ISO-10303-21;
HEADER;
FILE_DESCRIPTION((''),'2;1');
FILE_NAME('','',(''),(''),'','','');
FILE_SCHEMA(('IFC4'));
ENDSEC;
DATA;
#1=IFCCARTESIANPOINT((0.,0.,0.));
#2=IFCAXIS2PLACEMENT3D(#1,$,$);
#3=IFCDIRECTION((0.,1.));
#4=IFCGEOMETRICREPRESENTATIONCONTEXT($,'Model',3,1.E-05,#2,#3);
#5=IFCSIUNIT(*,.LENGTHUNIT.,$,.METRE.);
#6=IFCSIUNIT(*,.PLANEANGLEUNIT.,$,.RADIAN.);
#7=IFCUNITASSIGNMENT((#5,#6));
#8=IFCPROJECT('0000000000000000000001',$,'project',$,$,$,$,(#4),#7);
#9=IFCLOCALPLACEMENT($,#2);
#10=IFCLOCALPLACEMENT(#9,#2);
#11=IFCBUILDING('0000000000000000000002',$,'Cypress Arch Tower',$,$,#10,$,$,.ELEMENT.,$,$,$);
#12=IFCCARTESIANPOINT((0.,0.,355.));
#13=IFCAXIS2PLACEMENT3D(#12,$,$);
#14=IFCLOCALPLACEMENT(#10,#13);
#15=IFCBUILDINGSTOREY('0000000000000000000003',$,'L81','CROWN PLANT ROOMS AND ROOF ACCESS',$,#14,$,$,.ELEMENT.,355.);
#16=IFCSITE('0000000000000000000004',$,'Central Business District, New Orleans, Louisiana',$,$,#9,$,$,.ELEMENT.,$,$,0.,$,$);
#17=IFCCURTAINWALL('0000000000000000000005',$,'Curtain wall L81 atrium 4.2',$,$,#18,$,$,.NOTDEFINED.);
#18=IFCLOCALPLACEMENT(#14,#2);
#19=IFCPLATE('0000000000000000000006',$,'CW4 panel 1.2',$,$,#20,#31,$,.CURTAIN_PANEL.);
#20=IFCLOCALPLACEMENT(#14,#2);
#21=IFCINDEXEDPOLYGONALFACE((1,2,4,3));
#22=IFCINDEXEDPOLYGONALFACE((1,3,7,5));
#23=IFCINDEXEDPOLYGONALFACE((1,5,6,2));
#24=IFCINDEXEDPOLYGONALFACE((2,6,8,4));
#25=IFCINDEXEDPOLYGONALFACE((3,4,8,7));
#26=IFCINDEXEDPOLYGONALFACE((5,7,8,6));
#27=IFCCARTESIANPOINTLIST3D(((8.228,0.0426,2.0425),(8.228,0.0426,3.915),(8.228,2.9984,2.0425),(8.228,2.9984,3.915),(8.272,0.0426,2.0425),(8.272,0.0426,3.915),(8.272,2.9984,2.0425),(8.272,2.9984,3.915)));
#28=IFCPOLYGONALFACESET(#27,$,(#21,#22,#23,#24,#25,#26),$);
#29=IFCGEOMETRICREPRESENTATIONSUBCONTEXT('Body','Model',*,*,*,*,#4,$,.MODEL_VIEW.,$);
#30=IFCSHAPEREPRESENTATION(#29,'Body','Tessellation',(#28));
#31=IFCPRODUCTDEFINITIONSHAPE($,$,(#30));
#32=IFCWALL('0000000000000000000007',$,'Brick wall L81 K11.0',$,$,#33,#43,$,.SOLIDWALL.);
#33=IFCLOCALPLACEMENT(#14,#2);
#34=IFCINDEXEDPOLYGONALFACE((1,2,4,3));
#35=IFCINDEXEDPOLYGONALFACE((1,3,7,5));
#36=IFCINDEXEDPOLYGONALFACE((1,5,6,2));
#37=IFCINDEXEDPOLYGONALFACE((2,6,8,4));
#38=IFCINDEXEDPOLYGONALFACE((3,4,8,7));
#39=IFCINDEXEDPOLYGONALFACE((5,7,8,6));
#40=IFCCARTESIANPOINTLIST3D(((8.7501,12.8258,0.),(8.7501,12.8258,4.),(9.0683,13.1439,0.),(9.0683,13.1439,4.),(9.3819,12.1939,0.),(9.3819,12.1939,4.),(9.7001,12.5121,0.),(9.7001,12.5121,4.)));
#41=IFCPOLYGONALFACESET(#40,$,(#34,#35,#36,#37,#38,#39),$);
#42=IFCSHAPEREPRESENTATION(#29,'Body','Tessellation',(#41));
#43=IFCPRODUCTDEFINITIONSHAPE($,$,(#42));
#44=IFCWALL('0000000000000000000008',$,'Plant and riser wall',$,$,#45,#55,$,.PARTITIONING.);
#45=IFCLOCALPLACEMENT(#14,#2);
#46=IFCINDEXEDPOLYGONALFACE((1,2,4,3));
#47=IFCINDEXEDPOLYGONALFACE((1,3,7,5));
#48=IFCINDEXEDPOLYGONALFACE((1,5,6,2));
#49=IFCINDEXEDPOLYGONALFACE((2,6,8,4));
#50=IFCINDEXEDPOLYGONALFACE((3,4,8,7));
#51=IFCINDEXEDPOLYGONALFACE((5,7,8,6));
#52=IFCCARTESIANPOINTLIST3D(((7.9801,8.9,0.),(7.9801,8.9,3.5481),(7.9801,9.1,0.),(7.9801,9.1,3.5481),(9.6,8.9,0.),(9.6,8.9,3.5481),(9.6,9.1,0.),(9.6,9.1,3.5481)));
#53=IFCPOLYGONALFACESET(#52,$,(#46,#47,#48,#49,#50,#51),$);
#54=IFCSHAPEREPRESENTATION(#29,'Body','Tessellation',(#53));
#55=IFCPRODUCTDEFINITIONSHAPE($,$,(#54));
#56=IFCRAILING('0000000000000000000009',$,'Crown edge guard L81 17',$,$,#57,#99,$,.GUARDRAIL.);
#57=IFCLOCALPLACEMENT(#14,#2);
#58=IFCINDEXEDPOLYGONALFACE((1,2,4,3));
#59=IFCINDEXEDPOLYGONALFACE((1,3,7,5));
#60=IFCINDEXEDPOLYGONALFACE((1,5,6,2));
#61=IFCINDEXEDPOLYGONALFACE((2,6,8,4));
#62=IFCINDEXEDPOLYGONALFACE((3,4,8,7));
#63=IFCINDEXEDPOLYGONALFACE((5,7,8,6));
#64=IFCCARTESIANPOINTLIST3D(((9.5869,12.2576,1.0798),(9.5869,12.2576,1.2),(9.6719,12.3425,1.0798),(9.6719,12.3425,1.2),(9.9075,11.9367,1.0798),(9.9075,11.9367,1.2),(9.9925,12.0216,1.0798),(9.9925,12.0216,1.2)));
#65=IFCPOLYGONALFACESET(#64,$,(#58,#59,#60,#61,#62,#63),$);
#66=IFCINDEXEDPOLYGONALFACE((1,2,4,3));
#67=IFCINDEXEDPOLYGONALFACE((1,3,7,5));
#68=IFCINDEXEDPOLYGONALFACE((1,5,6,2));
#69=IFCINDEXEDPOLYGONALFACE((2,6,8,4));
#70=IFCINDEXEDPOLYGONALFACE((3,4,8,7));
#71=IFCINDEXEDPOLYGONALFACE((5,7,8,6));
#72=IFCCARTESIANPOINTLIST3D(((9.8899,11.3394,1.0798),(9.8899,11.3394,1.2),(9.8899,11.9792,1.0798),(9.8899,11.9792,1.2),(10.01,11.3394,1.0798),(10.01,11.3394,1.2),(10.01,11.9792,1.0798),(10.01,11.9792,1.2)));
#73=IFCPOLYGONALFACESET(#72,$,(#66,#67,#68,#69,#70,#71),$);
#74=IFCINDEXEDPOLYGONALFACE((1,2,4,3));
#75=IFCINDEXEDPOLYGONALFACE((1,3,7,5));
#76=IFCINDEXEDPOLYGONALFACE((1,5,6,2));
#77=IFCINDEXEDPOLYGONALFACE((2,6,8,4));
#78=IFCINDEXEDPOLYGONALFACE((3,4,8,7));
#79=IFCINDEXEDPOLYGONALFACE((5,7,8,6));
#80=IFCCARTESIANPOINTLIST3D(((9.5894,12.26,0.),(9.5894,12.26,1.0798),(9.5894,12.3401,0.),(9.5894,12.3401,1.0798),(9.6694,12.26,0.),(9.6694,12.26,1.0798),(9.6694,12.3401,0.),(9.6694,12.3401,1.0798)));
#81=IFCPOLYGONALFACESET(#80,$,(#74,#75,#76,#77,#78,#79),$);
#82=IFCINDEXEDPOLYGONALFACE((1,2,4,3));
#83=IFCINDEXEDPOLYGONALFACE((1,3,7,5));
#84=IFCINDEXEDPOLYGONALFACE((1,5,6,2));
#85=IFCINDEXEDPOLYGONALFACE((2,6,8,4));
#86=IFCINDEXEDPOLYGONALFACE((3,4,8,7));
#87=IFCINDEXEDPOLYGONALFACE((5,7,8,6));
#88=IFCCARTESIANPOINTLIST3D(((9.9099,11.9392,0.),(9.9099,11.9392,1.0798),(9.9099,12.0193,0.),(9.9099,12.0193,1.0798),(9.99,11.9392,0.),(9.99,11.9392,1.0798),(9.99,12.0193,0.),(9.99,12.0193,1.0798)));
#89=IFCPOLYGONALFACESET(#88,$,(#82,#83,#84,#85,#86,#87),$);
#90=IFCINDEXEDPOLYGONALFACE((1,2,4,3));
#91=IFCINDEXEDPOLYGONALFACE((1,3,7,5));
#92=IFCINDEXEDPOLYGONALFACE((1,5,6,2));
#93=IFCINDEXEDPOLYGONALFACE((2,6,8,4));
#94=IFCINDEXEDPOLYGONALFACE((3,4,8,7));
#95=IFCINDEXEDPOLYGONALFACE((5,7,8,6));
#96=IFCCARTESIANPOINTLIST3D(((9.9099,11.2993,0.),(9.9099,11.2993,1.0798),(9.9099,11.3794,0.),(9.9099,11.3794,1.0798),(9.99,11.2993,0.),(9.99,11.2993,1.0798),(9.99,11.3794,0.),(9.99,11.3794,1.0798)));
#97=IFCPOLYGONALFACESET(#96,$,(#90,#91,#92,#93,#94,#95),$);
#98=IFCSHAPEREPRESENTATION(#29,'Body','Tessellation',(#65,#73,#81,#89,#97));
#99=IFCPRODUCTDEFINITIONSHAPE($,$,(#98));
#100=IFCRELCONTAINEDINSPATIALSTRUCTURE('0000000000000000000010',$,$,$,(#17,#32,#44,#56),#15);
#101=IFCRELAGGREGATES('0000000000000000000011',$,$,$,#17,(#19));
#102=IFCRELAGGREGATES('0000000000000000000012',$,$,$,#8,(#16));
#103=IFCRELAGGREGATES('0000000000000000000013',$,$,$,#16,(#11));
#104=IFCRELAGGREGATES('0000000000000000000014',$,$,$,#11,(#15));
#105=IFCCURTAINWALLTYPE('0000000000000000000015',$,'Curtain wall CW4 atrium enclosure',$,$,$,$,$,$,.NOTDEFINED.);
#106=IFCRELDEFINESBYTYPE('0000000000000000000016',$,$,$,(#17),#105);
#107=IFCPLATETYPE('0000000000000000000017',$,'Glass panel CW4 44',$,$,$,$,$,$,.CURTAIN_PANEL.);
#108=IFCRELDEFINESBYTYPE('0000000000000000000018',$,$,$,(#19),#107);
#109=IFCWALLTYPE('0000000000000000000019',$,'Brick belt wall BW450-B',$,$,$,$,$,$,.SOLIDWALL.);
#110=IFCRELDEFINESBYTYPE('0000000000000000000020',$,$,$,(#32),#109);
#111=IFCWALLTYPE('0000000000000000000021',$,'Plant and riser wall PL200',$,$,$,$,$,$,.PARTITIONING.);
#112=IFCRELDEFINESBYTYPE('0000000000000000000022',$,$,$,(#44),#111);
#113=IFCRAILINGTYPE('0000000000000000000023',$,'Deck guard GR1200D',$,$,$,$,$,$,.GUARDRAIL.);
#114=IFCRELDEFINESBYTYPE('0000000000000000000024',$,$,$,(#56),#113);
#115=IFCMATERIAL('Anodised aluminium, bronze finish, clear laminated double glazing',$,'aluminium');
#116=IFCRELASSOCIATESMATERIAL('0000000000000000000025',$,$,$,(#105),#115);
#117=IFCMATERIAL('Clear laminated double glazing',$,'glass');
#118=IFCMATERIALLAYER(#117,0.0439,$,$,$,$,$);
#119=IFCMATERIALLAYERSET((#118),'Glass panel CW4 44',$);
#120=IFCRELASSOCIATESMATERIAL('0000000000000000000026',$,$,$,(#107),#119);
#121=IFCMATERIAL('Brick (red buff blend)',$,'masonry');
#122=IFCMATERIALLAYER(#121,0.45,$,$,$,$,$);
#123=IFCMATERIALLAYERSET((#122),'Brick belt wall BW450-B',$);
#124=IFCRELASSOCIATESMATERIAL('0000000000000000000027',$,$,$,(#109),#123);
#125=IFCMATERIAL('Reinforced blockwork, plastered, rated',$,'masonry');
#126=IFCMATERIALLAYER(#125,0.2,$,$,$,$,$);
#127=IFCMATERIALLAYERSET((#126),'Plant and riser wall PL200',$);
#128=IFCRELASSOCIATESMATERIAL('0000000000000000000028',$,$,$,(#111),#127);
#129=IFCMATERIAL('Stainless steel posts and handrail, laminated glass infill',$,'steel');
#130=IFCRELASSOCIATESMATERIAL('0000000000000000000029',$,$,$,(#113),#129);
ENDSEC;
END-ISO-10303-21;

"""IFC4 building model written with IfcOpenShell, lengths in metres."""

from ifc_helpers import new_model, si_unit, direction, frame, frame_2d, origin, origin_2d, place, context, subcontext, project, spatial, rectangle, extrude, material, layer, layer_set, type_object, element, aggregate, save


model = new_model("IFC4")

# Units and contexts
model_context = context("Model", 3, precision=1e-05, world=origin(), true_north=direction((0.0, 1.0)))
body_context = subcontext(model_context, "Body", "Model", "MODEL_VIEW")
ifc_project = project(units=[si_unit("LENGTHUNIT", "METRE"), si_unit("PLANEANGLEUNIT", "RADIAN")], contexts=[model_context])

# Site, building, storey
site_placement = place(None, origin())
site = spatial("IfcSite", under=ifc_project, at=site_placement, Name="Central Business District, New Orleans, Louisiana", CompositionType="ELEMENT", RefElevation=0.0)
building_placement = place(site_placement, origin())
building = spatial("IfcBuilding", under=site, at=building_placement, Name="Cypress Arch Tower", CompositionType="ELEMENT")
storey_placement = place(building_placement, frame((0.0, 0.0, 355.0)))
storey = spatial("IfcBuildingStorey", under=building, at=storey_placement, Name="L81", Description="CROWN PLANT ROOMS AND ROOF ACCESS", CompositionType="ELEMENT", Elevation=355.0)

# Shared definitions
ifc_material_1 = material(Name="Anodised aluminium, bronze finish, clear laminated double glazing", Category="aluminium")
curtain_wall_type = type_object("IfcCurtainWallType", Name="Curtain wall CW4 atrium enclosure", PredefinedType="NOTDEFINED", material=ifc_material_1)

# Curtain wall
curtain_wall_1_placement = place(storey_placement, origin())
curtain_wall_1 = element("IfcCurtainWall", 1, at=curtain_wall_1_placement, inside=storey, type_object=curtain_wall_type, Name="Curtain wall L81 atrium 4.2", PredefinedType="NOTDEFINED")

# Plate
ifc_material_2 = material(Name="Clear laminated double glazing", Category="glass")
ifc_layer_1 = layer(ifc_material_2, 0.0439)
ifc_layer_set_1 = layer_set([ifc_layer_1], Name="Glass panel CW4 44")
plate_type = type_object("IfcPlateType", Name="Glass panel CW4 44", PredefinedType="CURTAIN_PANEL", material=ifc_layer_set_1)
plate_1_placement = place(storey_placement, frame((8.25, 1.5205, 2.0425), z_axis=(0.0, 0.0, 1.0), x_axis=(0.0, -1.0, 0.0)))
plate_1 = element("IfcPlate", 2, at=plate_1_placement, type_object=plate_type, Name="CW4 panel 1.2", PredefinedType="CURTAIN_PANEL", context=body_context, shape_type="SweptSolid", body=[
    extrude(rectangle(XDim=2.9558, YDim=0.0439, at=origin_2d()), origin(), (0.0, 0.0, 1.0), 1.8726),
])
aggregate(curtain_wall_1, [plate_1])

# Walls
ifc_material_3 = material(Name="Brick (red buff blend)", Category="masonry")
ifc_layer_2 = layer(ifc_material_3, 0.45)
ifc_layer_set_2 = layer_set([ifc_layer_2], Name="Brick belt wall BW450-B")
wall_type_1 = type_object("IfcWallType", Name="Brick belt wall BW450-B", PredefinedType="SOLIDWALL", material=ifc_layer_set_2)
wall_1_placement = place(storey_placement, frame((9.541, 12.353, 0.0), z_axis=(0.0, 0.0, 1.0), x_axis=(-0.707107, 0.707107, 0.0)))
element("IfcWall", 3, at=wall_1_placement, inside=storey, type_object=wall_type_1, Name="Brick wall L81 K11.0", PredefinedType="SOLIDWALL", context=body_context, shape_type="SweptSolid", body=[
    extrude(rectangle(XDim=0.8936, YDim=0.45, at=frame_2d((0.4468, 0.0))), origin(), (0.0, 0.0, 1.0), 4.0),
])
ifc_material_4 = material(Name="Reinforced blockwork, plastered, rated", Category="masonry")
ifc_layer_3 = layer(ifc_material_4, 0.2)
ifc_layer_set_3 = layer_set([ifc_layer_3], Name="Plant and riser wall PL200")
wall_type_2 = type_object("IfcWallType", Name="Plant and riser wall PL200", PredefinedType="PARTITIONING", material=ifc_layer_set_3)
wall_2_placement = place(storey_placement, frame((7.98, 9.0, 0.0), z_axis=(0.0, 0.0, 1.0), x_axis=(1.0, 0.0, 0.0)))
element("IfcWall", 4, at=wall_2_placement, inside=storey, type_object=wall_type_2, Name="Plant and riser wall", PredefinedType="PARTITIONING", context=body_context, shape_type="SweptSolid", body=[
    extrude(rectangle(XDim=1.6199, YDim=0.2, at=frame_2d((0.8101, 0.0))), origin(), (0.0, 0.0, 1.0), 3.5481),
])

# Railing
ifc_material_5 = material(Name="Stainless steel posts and handrail, laminated glass infill", Category="steel")
railing_type = type_object("IfcRailingType", Name="Deck guard GR1200D", PredefinedType="GUARDRAIL", material=ifc_material_5)
railing_placement = place(storey_placement, frame((9.6294, 12.3, 0.0)))
element("IfcRailing", 5, at=railing_placement, inside=storey, type_object=railing_type, Name="Crown edge guard L81 17", PredefinedType="GUARDRAIL", context=body_context, shape_type="SweptSolid", body=[
    extrude(rectangle(XDim=0.1201, YDim=0.1201, at=origin_2d()), frame((0.0, 0.0, 1.1399), z_axis=(0.706838, -0.707376, 0.0), x_axis=(0.707376, 0.706838, 0.0)), (0.0, 0.0, 1.0), 0.4536),
    extrude(rectangle(XDim=0.1201, YDim=0.1201, at=origin_2d()), frame((0.3206, -0.3208, 1.1399), z_axis=(0.0, -1.0, 0.0), x_axis=(1.0, 0.0, 0.0)), (0.0, 0.0, 1.0), 0.6399),
    extrude(rectangle(XDim=0.0801, YDim=0.0801, at=origin_2d()), origin(), (0.0, 0.0, 1.0), 1.0798),
    extrude(rectangle(XDim=0.0801, YDim=0.0801, at=origin_2d()), frame((0.3206, -0.3208, 0.0)), (0.0, 0.0, 1.0), 1.0798),
    extrude(rectangle(XDim=0.0801, YDim=0.0801, at=origin_2d()), frame((0.3206, -0.9607, 0.0)), (0.0, 0.0, 1.0), 1.0798),
])

save(model, "model.ifc")
